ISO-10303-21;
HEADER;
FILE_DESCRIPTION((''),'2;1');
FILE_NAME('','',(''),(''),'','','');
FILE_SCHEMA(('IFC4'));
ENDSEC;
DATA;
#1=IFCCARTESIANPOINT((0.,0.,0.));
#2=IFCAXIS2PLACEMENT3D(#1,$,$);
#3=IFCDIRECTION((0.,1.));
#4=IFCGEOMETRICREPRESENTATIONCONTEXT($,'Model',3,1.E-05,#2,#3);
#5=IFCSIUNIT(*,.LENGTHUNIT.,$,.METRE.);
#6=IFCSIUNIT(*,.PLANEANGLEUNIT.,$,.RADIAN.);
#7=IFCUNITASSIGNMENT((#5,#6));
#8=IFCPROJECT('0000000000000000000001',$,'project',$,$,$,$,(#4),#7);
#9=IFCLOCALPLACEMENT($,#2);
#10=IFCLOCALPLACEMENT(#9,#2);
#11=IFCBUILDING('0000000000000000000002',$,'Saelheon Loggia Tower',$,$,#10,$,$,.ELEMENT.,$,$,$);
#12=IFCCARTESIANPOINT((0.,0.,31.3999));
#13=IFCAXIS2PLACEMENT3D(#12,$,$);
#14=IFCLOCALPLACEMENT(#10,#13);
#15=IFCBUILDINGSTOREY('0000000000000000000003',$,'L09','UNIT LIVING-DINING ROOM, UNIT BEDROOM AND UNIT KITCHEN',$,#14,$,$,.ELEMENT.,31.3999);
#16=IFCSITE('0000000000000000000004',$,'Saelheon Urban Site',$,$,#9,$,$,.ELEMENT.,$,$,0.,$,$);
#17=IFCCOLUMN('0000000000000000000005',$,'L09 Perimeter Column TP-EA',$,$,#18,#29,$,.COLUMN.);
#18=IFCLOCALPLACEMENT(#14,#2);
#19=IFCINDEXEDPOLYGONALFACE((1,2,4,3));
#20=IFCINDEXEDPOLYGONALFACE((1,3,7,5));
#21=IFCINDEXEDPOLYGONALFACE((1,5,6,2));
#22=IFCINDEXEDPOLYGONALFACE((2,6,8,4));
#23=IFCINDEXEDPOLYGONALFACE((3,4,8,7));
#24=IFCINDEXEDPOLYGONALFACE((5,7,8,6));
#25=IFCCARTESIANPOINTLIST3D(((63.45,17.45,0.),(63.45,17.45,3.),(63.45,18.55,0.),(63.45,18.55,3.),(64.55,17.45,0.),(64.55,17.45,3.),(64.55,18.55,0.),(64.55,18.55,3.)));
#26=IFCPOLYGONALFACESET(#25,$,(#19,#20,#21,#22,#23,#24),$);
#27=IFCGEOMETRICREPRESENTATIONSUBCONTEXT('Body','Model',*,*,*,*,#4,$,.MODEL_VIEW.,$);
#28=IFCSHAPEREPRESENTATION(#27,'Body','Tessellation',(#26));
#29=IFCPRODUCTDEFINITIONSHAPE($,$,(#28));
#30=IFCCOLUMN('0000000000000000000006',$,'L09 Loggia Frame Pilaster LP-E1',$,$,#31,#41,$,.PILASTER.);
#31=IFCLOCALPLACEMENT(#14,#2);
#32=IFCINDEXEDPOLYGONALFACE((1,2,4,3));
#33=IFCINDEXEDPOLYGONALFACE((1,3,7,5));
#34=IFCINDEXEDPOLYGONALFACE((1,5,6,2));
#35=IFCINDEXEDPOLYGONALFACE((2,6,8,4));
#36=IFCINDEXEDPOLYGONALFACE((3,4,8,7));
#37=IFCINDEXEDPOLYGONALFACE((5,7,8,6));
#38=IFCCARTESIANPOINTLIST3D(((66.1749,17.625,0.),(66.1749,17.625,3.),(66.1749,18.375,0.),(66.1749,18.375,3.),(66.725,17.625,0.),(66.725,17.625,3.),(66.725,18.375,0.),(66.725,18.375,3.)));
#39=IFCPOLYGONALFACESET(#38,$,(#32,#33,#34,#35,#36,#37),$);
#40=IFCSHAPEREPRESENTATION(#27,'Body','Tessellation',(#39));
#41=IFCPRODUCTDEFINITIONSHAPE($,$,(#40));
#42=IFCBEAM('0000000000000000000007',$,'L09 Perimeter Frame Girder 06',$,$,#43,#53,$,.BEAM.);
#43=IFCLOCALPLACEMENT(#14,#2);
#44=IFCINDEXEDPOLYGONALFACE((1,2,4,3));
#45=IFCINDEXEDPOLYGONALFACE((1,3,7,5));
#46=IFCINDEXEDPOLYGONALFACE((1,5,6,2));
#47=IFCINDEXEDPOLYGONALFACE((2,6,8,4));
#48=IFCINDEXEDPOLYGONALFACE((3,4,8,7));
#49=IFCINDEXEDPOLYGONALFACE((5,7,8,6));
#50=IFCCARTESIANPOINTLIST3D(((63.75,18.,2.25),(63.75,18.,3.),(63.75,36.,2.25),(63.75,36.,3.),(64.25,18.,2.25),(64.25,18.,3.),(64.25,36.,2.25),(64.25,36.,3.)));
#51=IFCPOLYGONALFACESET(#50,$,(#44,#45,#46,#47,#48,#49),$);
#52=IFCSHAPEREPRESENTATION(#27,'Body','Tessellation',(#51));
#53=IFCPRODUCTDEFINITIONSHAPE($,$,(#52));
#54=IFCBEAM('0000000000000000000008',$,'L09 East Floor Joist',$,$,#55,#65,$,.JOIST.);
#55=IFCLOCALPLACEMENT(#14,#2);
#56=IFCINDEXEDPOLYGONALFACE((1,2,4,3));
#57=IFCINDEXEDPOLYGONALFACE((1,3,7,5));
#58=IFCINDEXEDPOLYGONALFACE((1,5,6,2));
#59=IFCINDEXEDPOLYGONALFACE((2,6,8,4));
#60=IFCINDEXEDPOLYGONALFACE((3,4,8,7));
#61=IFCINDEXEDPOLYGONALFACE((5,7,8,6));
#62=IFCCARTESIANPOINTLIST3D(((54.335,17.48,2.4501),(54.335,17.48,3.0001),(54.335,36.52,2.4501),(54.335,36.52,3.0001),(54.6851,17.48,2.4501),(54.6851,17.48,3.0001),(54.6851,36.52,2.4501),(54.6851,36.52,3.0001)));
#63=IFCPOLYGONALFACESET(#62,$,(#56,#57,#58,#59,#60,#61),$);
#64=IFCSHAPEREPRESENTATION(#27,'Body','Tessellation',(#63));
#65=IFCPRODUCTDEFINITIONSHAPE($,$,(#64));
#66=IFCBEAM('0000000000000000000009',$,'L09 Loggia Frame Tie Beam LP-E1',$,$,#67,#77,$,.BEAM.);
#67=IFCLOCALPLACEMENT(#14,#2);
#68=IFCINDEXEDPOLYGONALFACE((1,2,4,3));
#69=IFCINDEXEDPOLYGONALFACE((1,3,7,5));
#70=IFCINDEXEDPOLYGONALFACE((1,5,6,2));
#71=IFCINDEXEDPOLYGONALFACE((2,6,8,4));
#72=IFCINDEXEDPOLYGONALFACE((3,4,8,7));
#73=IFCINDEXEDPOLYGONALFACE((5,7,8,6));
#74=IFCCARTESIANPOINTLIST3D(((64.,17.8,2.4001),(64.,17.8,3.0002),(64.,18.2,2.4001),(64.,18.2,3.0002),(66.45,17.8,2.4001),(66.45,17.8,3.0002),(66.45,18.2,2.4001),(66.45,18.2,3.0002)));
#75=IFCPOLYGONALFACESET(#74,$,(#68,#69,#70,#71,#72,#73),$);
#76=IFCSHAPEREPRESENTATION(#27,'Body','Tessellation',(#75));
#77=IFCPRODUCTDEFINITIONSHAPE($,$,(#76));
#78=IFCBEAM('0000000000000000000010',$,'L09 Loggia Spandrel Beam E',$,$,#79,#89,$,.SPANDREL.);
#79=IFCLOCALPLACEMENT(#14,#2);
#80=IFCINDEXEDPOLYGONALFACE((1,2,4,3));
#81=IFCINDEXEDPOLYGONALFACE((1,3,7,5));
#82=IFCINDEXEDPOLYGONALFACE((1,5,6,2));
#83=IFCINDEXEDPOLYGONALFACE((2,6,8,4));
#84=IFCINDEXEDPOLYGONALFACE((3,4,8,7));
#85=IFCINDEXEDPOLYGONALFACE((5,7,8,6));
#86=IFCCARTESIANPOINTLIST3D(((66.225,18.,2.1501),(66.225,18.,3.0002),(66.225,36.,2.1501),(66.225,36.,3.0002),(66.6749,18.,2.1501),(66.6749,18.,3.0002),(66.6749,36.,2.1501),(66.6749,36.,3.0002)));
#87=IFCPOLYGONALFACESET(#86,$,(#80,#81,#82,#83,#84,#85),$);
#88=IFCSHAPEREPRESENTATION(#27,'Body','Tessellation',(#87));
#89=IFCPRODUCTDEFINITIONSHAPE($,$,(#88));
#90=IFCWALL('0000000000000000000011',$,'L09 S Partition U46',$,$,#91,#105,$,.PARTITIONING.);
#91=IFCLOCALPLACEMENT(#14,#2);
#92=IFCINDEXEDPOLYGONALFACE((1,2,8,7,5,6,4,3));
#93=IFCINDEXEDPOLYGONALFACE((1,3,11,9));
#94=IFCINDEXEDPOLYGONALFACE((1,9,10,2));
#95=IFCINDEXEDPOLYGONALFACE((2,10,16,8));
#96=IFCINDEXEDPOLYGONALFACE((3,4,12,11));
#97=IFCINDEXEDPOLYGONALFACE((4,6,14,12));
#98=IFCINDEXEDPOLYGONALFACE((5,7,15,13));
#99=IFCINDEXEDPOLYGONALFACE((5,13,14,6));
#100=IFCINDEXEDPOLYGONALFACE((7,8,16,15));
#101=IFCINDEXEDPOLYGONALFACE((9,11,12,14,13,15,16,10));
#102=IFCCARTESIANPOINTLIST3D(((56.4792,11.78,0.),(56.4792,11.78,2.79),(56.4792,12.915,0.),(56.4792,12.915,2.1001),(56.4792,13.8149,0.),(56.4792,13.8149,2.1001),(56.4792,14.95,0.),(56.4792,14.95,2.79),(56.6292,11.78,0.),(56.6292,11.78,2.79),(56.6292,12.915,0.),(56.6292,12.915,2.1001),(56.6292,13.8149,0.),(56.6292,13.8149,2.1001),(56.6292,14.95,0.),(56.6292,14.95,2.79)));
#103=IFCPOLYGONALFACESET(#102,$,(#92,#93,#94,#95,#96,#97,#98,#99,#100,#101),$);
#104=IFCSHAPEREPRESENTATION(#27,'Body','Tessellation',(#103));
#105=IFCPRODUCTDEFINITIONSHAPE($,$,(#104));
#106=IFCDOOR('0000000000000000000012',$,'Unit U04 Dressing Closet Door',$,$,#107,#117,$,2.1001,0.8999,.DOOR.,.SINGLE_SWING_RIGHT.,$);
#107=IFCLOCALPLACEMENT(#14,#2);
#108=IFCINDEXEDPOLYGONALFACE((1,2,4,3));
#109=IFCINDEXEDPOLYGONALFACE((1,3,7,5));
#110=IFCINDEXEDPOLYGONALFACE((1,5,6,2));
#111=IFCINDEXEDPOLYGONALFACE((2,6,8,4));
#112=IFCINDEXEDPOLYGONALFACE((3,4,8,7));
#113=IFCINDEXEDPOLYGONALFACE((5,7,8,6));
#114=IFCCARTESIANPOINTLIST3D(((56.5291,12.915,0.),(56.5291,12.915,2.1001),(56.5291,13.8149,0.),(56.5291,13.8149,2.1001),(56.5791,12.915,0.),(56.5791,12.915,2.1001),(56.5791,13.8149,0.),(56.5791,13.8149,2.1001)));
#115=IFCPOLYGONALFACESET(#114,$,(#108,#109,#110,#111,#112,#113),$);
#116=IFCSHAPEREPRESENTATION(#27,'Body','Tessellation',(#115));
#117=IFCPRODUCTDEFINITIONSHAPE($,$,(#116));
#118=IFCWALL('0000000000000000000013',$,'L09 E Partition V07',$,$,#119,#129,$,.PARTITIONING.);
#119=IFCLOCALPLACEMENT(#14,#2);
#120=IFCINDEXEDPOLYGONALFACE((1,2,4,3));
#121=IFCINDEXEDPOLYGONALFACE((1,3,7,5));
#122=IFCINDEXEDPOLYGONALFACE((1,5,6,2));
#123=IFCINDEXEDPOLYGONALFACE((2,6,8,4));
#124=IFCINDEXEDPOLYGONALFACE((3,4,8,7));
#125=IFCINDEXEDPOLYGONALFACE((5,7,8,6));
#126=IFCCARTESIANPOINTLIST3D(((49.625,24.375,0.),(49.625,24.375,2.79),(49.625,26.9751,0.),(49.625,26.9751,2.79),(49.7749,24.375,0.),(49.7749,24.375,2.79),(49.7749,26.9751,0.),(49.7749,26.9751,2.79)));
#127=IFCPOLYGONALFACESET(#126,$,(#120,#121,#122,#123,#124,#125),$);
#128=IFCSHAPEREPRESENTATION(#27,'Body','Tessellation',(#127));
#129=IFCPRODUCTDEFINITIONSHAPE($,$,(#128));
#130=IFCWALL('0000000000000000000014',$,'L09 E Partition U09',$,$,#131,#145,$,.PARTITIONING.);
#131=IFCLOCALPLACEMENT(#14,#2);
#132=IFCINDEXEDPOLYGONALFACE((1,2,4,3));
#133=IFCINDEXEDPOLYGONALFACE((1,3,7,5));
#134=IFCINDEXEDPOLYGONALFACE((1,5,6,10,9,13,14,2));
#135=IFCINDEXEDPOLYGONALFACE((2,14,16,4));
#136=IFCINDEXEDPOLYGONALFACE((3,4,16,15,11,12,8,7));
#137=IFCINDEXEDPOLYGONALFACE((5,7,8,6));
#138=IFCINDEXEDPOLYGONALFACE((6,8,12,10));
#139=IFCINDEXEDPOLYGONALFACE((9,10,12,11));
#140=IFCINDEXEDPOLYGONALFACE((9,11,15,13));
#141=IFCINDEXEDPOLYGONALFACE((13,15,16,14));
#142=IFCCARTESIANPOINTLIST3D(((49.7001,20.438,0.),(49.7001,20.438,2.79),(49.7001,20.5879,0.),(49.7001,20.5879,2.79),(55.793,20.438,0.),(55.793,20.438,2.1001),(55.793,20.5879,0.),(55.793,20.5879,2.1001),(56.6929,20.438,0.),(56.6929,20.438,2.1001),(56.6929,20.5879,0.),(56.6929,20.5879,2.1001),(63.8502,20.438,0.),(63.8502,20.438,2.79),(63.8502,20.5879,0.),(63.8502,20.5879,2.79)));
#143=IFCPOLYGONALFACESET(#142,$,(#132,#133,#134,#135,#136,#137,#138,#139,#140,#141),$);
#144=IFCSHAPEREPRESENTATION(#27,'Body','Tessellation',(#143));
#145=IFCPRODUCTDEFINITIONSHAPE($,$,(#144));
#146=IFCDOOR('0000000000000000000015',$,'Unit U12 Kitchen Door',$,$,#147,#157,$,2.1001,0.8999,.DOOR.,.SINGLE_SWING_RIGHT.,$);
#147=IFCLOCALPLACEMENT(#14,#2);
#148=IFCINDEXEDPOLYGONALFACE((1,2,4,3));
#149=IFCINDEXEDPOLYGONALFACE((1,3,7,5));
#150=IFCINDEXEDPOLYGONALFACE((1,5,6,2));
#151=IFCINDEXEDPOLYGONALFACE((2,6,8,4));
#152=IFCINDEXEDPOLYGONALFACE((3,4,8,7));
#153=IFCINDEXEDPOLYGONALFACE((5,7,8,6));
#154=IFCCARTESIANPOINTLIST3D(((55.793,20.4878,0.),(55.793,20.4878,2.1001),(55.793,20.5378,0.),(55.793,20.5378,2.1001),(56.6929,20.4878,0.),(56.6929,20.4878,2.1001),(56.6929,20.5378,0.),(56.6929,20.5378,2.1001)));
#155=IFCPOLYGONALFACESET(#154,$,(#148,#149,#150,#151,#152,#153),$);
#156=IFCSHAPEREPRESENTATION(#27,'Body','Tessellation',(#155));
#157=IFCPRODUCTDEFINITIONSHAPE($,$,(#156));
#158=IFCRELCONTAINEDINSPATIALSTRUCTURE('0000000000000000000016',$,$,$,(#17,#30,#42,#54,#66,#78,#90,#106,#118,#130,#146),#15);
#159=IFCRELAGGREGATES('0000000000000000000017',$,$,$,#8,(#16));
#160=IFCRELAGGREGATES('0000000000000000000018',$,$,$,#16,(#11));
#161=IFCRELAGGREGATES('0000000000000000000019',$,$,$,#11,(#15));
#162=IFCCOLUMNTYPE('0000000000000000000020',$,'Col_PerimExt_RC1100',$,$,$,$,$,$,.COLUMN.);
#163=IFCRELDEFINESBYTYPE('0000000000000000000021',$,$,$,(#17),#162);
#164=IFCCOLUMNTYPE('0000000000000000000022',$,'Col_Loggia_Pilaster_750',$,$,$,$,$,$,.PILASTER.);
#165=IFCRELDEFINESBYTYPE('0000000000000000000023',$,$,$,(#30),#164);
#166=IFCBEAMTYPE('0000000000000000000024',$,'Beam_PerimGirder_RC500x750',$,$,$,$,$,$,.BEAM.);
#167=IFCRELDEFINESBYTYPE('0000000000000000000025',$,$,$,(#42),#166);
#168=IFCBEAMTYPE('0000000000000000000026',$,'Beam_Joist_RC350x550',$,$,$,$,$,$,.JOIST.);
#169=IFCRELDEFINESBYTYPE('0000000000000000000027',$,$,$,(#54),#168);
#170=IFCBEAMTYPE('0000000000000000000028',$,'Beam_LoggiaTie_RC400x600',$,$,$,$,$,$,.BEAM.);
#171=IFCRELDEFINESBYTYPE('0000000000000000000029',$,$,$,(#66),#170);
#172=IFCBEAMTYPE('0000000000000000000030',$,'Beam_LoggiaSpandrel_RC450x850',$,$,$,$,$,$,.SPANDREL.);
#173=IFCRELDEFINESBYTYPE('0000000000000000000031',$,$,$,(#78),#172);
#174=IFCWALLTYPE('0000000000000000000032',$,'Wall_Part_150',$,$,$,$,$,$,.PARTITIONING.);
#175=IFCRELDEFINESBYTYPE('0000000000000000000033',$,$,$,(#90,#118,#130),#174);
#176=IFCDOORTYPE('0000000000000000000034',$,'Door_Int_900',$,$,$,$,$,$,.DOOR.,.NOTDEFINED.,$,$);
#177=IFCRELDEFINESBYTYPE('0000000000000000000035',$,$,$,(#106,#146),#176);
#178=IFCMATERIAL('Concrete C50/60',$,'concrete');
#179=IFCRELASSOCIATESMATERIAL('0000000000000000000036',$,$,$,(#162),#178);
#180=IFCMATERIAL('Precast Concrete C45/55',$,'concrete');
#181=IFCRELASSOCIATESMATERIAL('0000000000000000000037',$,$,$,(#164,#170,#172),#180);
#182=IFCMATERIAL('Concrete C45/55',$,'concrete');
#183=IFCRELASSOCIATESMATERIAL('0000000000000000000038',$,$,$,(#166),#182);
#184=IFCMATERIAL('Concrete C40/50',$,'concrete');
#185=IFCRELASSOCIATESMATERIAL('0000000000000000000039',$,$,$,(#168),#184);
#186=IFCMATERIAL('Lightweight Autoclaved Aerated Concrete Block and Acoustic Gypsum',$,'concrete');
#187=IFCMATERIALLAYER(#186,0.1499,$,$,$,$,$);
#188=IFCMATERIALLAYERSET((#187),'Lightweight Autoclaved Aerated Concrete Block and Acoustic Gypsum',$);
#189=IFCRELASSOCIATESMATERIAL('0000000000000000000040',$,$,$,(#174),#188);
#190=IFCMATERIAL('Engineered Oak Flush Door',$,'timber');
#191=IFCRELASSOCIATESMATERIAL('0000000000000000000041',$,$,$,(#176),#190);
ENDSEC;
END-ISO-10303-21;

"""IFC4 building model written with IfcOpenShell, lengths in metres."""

from ifc_helpers import new_model, si_unit, direction, frame, frame_2d, origin, origin_2d, place, context, subcontext, project, spatial, rectangle, extrude, source, transform, mapped, material, layer, layer_set, material_profile, profile_set, type_object, element, fill, save


model = new_model("IFC4")

# Units and contexts
model_context = context("Model", 3, precision=1e-05, world=origin(), true_north=direction((0.0, 1.0)))
body_context = subcontext(model_context, "Body", "Model", "MODEL_VIEW")
ifc_project = project(units=[si_unit("LENGTHUNIT", "METRE"), si_unit("PLANEANGLEUNIT", "RADIAN")], contexts=[model_context])

# Site, building, storey
site_placement = place(None, origin())
site = spatial("IfcSite", under=ifc_project, at=site_placement, Name="Saelheon Urban Site", CompositionType="ELEMENT", RefElevation=0.0)
building_placement = place(site_placement, origin())
building = spatial("IfcBuilding", under=site, at=building_placement, Name="Saelheon Loggia Tower", CompositionType="ELEMENT")
storey_placement = place(building_placement, frame((0.0, 0.0, 31.3999)))
storey = spatial("IfcBuildingStorey", under=building, at=storey_placement, Name="L09", Description="UNIT LIVING-DINING ROOM, UNIT BEDROOM AND UNIT KITCHEN", CompositionType="ELEMENT", Elevation=31.3999)

# Columns
ifc_material_1 = material(Name="Concrete C50/60", Category="concrete")
ifc_material_profile_1 = material_profile(ifc_material_1, rectangle(XDim=1.1001, YDim=1.1001, at=origin_2d()), Name="RC-1100x1100")
ifc_profile_set_1 = profile_set([ifc_material_profile_1], Name="Concrete C50/60")
column_type_1 = type_object("IfcColumnType", Name="Col_PerimExt_RC1100", PredefinedType="COLUMN", material=ifc_profile_set_1)
shared_shape_1 = source(origin(), body_context, "Body", "SweptSolid", [
    extrude(rectangle(XDim=1.1001, YDim=1.1001, at=origin_2d()), origin(), (0.0, 0.0, 1.0), 3.0),
])
column_1_placement = place(storey_placement, frame((64.0, 18.0, 0.0), z_axis=(0.0, 0.0, 1.0), x_axis=(1.0, 0.0, 0.0)))
element("IfcColumn", 1, at=column_1_placement, inside=storey, type_object=column_type_1, Name="L09 Perimeter Column TP-EA", PredefinedType="COLUMN", context=body_context, shape_type="MappedRepresentation", body=[
    mapped(shared_shape_1, transform((0.0, 0.0, 0.0), scale=1.0)),
])
ifc_material_2 = material(Name="Precast Concrete C45/55", Category="concrete")
ifc_material_profile_2 = material_profile(ifc_material_2, rectangle(XDim=0.55, YDim=0.75, at=origin_2d()), Name="RC-550x750")
ifc_profile_set_2 = profile_set([ifc_material_profile_2], Name="Precast Concrete C45/55")
column_type_2 = type_object("IfcColumnType", Name="Col_Loggia_Pilaster_750", PredefinedType="PILASTER", material=ifc_profile_set_2)
shared_shape_2 = source(origin(), body_context, "Body", "SweptSolid", [
    extrude(rectangle(XDim=0.55, YDim=0.75, at=origin_2d()), origin(), (0.0, 0.0, 1.0), 3.0),
])
column_2_placement = place(storey_placement, frame((66.45, 18.0, 0.0), z_axis=(0.0, 0.0, 1.0), x_axis=(1.0, 0.0, 0.0)))
element("IfcColumn", 2, at=column_2_placement, inside=storey, type_object=column_type_2, Name="L09 Loggia Frame Pilaster LP-E1", PredefinedType="PILASTER", context=body_context, shape_type="MappedRepresentation", body=[
    mapped(shared_shape_2, transform((0.0, 0.0, 0.0), scale=1.0)),
])

# Beams
ifc_material_3 = material(Name="Concrete C45/55", Category="concrete")
ifc_material_profile_3 = material_profile(ifc_material_3, rectangle(XDim=0.5, YDim=0.75, at=origin_2d()), Name="RC-500x750")
ifc_profile_set_3 = profile_set([ifc_material_profile_3], Name="Concrete C45/55")
beam_type_1 = type_object("IfcBeamType", Name="Beam_PerimGirder_RC500x750", PredefinedType="BEAM", material=ifc_profile_set_3)
shared_shape_3 = source(origin(), body_context, "Body", "SweptSolid", [
    extrude(rectangle(XDim=0.5, YDim=0.75, at=origin_2d()), origin(), (0.0, 0.0, 1.0), 18.0),
])
beam_1_placement = place(storey_placement, frame((64.0, 18.0, 2.625), z_axis=(0.0, 1.0, 0.0), x_axis=(-1.0, 0.0, 0.0)))
element("IfcBeam", 3, at=beam_1_placement, inside=storey, type_object=beam_type_1, Name="L09 Perimeter Frame Girder 06", PredefinedType="BEAM", context=body_context, shape_type="MappedRepresentation", body=[
    mapped(shared_shape_3, transform((0.0, 0.0, 0.0), scale=1.0)),
])
ifc_material_4 = material(Name="Concrete C40/50", Category="concrete")
ifc_material_profile_4 = material_profile(ifc_material_4, rectangle(XDim=0.3501, YDim=0.55, at=origin_2d()), Name="RC-350x550")
ifc_profile_set_4 = profile_set([ifc_material_profile_4], Name="Concrete C40/50")
beam_type_2 = type_object("IfcBeamType", Name="Beam_Joist_RC350x550", PredefinedType="JOIST", material=ifc_profile_set_4)
shared_shape_4 = source(origin(), body_context, "Body", "SweptSolid", [
    extrude(rectangle(XDim=0.3501, YDim=0.55, at=origin_2d()), origin(), (0.0, 0.0, 1.0), 19.04),
])
beam_2_placement = place(storey_placement, frame((54.51, 17.48, 2.7251), z_axis=(0.0, 1.0, 0.0), x_axis=(-1.0, 0.0, 0.0)))
element("IfcBeam", 4, at=beam_2_placement, inside=storey, type_object=beam_type_2, Name="L09 East Floor Joist", PredefinedType="JOIST", context=body_context, shape_type="MappedRepresentation", body=[
    mapped(shared_shape_4, transform((0.0, 0.0, 0.0), scale=1.0)),
])
ifc_material_profile_5 = material_profile(ifc_material_2, rectangle(XDim=0.3999, YDim=0.6001, at=origin_2d()), Name="RC-400x600")
ifc_profile_set_5 = profile_set([ifc_material_profile_5], Name="Precast Concrete C45/55")
beam_type_3 = type_object("IfcBeamType", Name="Beam_LoggiaTie_RC400x600", PredefinedType="BEAM", material=ifc_profile_set_5)
shared_shape_5 = source(origin(), body_context, "Body", "SweptSolid", [
    extrude(rectangle(XDim=0.3999, YDim=0.6001, at=origin_2d()), origin(), (0.0, 0.0, 1.0), 2.45),
])
beam_3_placement = place(storey_placement, frame((64.0, 18.0, 2.7002), z_axis=(1.0, 0.0, 0.0), x_axis=(0.0, 1.0, 0.0)))
element("IfcBeam", 5, at=beam_3_placement, inside=storey, type_object=beam_type_3, Name="L09 Loggia Frame Tie Beam LP-E1", PredefinedType="BEAM", context=body_context, shape_type="MappedRepresentation", body=[
    mapped(shared_shape_5, transform((0.0, 0.0, 0.0), scale=1.0)),
])
ifc_material_profile_6 = material_profile(ifc_material_2, rectangle(XDim=0.45, YDim=0.8501, at=origin_2d()), Name="RC-450x850")
ifc_profile_set_6 = profile_set([ifc_material_profile_6], Name="Precast Concrete C45/55")
beam_type_4 = type_object("IfcBeamType", Name="Beam_LoggiaSpandrel_RC450x850", PredefinedType="SPANDREL", material=ifc_profile_set_6)
shared_shape_6 = source(origin(), body_context, "Body", "SweptSolid", [
    extrude(rectangle(XDim=0.45, YDim=0.8501, at=origin_2d()), origin(), (0.0, 0.0, 1.0), 18.0),
])
beam_4_placement = place(storey_placement, frame((66.45, 18.0, 2.5752), z_axis=(0.0, 1.0, 0.0), x_axis=(-1.0, 0.0, 0.0)))
element("IfcBeam", 6, at=beam_4_placement, inside=storey, type_object=beam_type_4, Name="L09 Loggia Spandrel Beam E", PredefinedType="SPANDREL", context=body_context, shape_type="MappedRepresentation", body=[
    mapped(shared_shape_6, transform((0.0, 0.0, 0.0), scale=1.0)),
])

# Wall, opening, door
ifc_material_5 = material(Name="Lightweight Autoclaved Aerated Concrete Block and Acoustic Gypsum", Category="concrete")
ifc_layer_1 = layer(ifc_material_5, 0.1499)
ifc_layer_set_1 = layer_set([ifc_layer_1], Name="Lightweight Autoclaved Aerated Concrete Block and Acoustic Gypsum")
wall_type_1 = type_object("IfcWallType", Name="Wall_Part_150", PredefinedType="PARTITIONING", material=ifc_layer_set_1)
wall_1_placement = place(storey_placement, frame((56.5542, 14.95, 0.0), z_axis=(0.0, 0.0, 1.0), x_axis=(0.0, -1.0, 0.0)))
wall_1 = element("IfcWall", 7, at=wall_1_placement, inside=storey, type_object=wall_type_1, Name="L09 S Partition U46", PredefinedType="PARTITIONING", context=body_context, shape_type="SweptSolid", body=[
    extrude(rectangle(XDim=3.1699, YDim=0.1499, at=frame_2d((1.585, 0.0))), origin(), (0.0, 0.0, 1.0), 2.79),
])
opening_1_placement = place(wall_1_placement, frame((1.135, 0.0, 0.0)))
opening_1 = element("IfcOpeningElement", 8, at=opening_1_placement, cuts=wall_1, PredefinedType="OPENING", context=body_context, shape_type="SweptSolid", body=[
    extrude(rectangle(XDim=0.8999, YDim=2.1001, at=frame_2d((0.45, 1.05))), frame((0.0, 0.0869, 0.0), z_axis=(0.0, -1.0, 0.0), x_axis=(1.0, 0.0, 0.0)), (0.0, 0.0, 1.0), 0.1738),
])
ifc_material_6 = material(Name="Engineered Oak Flush Door", Category="timber")
door_type_1 = type_object("IfcDoorType", Name="Door_Int_900", OperationType="NOTDEFINED", PredefinedType="DOOR", material=ifc_material_6)
shared_shape_7 = source(origin(), body_context, "Body", "SweptSolid", [
    extrude(rectangle(XDim=0.8999, YDim=2.1001, at=frame_2d((0.45, 1.05))), frame((0.0, 0.0249, 0.0), z_axis=(0.0, -1.0, 0.0), x_axis=(1.0, 0.0, 0.0)), (0.0, 0.0, 1.0), 0.05),
])
door_1_placement = place(opening_1_placement, origin())
door_1 = element("IfcDoor", 9, at=door_1_placement, inside=storey, type_object=door_type_1, Name="Unit U04 Dressing Closet Door", OperationType="SINGLE_SWING_RIGHT", OverallHeight=2.1001, OverallWidth=0.8999, PredefinedType="DOOR", context=body_context, shape_type="MappedRepresentation", body=[
    mapped(shared_shape_7, transform((0.0, 0.0, 0.0), scale=1.0)),
])
fill(opening_1, door_1)

# Wall
wall_2_placement = place(storey_placement, frame((49.7, 24.375, 0.0), z_axis=(0.0, 0.0, 1.0), x_axis=(0.0, 1.0, 0.0)))
element("IfcWall", 10, at=wall_2_placement, inside=storey, type_object=wall_type_1, Name="L09 E Partition V07", PredefinedType="PARTITIONING", context=body_context, shape_type="SweptSolid", body=[
    extrude(rectangle(XDim=2.6001, YDim=0.1499, at=frame_2d((1.3, 0.0))), origin(), (0.0, 0.0, 1.0), 2.79),
])

# Wall, opening, door
wall_3_placement = place(storey_placement, frame((49.7, 20.5129, 0.0), z_axis=(0.0, 0.0, 1.0), x_axis=(1.0, 0.0, 0.0)))
wall_3 = element("IfcWall", 11, at=wall_3_placement, inside=storey, type_object=wall_type_1, Name="L09 E Partition U09", PredefinedType="PARTITIONING", context=body_context, shape_type="SweptSolid", body=[
    extrude(rectangle(XDim=14.1501, YDim=0.1499, at=frame_2d((7.0752, 0.0))), origin(), (0.0, 0.0, 1.0), 2.79),
])
opening_2_placement = place(wall_3_placement, frame((6.093, 0.0, 0.0)))
opening_2 = element("IfcOpeningElement", 12, at=opening_2_placement, cuts=wall_3, PredefinedType="OPENING", context=body_context, shape_type="SweptSolid", body=[
    extrude(rectangle(XDim=0.8999, YDim=2.1001, at=frame_2d((0.45, 1.05))), frame((0.0, 0.0869, 0.0), z_axis=(0.0, -1.0, 0.0), x_axis=(1.0, 0.0, 0.0)), (0.0, 0.0, 1.0), 0.1738),
])
door_2_placement = place(opening_2_placement, origin())
door_2 = element("IfcDoor", 13, at=door_2_placement, inside=storey, type_object=door_type_1, Name="Unit U12 Kitchen Door", OperationType="SINGLE_SWING_RIGHT", OverallHeight=2.1001, OverallWidth=0.8999, PredefinedType="DOOR", context=body_context, shape_type="MappedRepresentation", body=[
    mapped(shared_shape_7, transform((0.0, 0.0, 0.0), scale=1.0)),
])
fill(opening_2, door_2)

save(model, "model.ifc")
